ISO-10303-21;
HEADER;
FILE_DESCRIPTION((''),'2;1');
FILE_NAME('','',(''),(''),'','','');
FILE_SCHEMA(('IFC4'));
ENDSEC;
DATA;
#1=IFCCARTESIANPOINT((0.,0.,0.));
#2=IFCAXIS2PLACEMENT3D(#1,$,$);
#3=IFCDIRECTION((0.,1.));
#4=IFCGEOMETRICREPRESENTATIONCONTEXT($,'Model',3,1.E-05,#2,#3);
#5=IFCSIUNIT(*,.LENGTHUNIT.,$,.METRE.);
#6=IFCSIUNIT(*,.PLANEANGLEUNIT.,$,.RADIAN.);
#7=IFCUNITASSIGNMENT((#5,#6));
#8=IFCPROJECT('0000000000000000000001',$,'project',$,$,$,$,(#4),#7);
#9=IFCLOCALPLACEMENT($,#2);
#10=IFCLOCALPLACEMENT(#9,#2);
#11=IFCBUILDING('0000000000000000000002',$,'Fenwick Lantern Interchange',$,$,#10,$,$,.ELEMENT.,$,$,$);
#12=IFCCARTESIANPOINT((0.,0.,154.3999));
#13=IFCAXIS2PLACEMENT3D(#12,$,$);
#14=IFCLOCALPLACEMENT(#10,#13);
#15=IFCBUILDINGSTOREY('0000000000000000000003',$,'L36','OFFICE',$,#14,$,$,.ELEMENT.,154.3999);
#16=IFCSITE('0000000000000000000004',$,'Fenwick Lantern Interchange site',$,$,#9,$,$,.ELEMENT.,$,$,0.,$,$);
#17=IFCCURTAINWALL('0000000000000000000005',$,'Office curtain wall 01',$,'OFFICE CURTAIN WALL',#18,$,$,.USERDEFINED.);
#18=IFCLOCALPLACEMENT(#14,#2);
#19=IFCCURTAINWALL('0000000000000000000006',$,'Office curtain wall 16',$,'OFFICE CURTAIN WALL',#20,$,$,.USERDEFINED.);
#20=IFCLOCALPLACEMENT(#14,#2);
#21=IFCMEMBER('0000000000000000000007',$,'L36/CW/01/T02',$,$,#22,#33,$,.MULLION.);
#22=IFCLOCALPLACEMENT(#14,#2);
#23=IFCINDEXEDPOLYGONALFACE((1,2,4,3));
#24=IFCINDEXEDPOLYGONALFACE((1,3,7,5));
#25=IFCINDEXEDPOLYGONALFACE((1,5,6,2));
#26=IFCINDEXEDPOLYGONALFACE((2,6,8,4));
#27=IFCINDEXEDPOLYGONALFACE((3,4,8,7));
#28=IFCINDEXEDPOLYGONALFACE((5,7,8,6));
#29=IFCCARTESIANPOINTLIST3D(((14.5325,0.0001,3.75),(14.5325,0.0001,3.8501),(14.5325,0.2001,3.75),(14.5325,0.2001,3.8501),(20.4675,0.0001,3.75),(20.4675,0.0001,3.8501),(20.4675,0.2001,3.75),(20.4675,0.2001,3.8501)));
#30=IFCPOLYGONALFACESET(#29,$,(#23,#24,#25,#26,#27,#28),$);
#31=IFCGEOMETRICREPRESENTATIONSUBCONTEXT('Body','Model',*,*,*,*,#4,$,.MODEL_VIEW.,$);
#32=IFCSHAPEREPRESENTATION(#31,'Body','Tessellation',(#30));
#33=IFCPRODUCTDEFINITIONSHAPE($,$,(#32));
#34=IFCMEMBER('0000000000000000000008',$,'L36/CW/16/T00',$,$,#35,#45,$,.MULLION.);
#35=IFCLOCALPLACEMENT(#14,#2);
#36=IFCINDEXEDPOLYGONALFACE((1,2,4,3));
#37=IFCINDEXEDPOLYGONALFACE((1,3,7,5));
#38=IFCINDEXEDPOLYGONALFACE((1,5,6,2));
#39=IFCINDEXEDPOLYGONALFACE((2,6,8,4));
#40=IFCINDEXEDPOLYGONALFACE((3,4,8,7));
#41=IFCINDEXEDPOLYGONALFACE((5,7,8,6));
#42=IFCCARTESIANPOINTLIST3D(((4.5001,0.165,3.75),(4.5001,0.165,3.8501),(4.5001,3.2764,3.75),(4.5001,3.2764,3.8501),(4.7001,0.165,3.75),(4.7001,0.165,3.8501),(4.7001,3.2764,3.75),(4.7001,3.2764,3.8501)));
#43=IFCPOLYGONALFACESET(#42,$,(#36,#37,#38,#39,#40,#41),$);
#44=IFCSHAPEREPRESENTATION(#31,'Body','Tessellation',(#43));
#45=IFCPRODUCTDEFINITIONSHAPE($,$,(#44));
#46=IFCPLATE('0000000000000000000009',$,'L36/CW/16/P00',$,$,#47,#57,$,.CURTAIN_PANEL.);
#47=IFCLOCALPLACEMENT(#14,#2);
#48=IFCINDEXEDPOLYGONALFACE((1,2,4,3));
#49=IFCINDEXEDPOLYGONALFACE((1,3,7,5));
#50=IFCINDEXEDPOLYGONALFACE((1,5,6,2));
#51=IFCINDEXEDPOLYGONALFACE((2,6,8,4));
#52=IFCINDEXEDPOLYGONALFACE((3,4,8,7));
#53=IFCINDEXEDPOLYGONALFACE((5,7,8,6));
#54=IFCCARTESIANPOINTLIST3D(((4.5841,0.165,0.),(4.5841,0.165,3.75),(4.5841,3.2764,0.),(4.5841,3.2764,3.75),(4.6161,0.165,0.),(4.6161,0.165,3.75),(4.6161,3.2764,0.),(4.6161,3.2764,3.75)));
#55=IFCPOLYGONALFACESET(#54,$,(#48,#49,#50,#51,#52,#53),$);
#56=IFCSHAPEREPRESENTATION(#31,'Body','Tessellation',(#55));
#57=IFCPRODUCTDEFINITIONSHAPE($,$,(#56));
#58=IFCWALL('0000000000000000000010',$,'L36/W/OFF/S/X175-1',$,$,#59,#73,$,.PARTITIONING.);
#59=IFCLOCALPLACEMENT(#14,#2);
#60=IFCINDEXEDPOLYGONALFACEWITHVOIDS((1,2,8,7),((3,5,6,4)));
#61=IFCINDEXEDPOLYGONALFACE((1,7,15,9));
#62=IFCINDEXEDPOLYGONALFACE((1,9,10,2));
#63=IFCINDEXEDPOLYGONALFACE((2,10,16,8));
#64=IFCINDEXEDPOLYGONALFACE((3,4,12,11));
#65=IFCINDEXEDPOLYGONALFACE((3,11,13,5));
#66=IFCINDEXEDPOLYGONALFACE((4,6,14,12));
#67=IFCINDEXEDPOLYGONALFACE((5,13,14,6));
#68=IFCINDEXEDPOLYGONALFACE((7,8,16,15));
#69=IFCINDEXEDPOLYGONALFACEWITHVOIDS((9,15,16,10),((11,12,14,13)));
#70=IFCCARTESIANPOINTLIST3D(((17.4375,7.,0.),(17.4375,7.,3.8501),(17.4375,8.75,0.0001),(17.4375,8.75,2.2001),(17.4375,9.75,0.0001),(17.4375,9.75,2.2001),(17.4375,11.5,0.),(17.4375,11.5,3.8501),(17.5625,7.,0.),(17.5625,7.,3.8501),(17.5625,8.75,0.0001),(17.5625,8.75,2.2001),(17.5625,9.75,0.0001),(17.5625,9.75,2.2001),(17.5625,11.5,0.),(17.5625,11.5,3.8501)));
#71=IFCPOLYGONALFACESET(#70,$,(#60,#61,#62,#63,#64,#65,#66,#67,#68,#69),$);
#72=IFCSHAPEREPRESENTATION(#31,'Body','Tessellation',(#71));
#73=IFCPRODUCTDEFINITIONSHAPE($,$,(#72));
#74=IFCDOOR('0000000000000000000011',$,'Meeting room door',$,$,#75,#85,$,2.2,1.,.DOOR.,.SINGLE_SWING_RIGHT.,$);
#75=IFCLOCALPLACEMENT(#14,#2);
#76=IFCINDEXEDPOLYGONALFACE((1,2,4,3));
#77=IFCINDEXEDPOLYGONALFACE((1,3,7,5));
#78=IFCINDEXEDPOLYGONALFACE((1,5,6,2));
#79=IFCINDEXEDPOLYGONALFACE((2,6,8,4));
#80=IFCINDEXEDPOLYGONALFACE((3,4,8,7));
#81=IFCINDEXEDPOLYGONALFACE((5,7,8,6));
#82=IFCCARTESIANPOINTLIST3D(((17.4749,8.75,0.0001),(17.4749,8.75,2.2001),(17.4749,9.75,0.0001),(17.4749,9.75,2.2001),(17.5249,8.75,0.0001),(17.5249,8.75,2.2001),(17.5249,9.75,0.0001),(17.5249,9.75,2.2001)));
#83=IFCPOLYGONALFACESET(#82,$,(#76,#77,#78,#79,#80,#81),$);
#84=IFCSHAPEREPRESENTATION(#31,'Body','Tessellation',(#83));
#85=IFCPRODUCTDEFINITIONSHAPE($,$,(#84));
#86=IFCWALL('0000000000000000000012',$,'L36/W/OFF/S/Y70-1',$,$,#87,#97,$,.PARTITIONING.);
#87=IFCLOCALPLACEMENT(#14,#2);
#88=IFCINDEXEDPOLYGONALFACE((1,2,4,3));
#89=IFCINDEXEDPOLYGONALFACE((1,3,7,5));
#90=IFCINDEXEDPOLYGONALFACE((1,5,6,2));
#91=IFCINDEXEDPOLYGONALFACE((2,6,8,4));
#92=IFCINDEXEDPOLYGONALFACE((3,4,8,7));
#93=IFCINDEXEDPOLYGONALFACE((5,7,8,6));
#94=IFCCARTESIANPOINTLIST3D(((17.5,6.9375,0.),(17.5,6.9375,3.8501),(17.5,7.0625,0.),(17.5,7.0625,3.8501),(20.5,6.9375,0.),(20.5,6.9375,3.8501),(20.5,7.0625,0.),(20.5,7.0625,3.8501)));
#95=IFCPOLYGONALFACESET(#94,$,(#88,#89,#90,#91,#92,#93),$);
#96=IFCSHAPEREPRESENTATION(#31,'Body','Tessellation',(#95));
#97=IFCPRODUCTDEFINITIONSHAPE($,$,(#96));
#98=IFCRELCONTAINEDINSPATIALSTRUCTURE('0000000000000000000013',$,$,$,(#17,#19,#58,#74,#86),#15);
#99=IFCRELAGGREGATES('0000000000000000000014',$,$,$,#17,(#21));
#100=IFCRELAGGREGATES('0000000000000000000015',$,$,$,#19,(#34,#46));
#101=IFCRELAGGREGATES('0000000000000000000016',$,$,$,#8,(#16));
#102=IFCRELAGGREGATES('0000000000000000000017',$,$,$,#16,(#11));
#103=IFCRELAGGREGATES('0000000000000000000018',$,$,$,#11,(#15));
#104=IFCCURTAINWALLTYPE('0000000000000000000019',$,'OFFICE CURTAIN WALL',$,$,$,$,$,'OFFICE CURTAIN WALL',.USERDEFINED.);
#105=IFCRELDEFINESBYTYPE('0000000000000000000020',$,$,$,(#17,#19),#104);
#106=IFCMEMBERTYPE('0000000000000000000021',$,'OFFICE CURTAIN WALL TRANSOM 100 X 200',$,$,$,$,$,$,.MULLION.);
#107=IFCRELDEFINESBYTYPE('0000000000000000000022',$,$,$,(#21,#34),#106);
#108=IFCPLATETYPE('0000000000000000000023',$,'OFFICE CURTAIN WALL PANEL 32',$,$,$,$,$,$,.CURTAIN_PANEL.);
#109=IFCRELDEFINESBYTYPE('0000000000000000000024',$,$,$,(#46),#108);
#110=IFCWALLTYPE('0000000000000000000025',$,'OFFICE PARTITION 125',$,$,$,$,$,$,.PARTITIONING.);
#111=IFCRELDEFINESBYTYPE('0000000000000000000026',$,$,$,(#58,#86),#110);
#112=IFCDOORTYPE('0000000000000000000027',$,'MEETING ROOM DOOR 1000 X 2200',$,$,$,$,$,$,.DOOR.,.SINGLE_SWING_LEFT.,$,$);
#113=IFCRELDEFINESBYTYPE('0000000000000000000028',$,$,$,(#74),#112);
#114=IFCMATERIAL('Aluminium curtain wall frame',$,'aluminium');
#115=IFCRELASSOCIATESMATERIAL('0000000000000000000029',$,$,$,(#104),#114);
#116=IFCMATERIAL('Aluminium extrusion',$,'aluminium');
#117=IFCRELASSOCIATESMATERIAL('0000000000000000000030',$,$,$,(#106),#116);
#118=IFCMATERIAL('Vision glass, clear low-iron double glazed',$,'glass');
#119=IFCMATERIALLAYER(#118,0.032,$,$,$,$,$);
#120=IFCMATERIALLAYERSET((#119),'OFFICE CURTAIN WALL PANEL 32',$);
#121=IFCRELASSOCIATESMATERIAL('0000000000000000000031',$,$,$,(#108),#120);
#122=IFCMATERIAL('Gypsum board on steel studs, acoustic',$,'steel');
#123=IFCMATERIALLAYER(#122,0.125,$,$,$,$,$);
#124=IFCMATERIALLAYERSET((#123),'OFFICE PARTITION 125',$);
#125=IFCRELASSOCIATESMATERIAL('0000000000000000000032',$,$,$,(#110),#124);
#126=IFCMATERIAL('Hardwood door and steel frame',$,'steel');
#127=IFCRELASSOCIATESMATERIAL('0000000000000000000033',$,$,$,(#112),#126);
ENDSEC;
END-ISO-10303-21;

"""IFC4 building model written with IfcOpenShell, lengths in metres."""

from ifc_helpers import new_model, si_unit, direction, frame, frame_2d, origin, origin_2d, place, context, subcontext, project, spatial, rectangle, extrude, material, layer, layer_set, material_profile, profile_set, type_object, element, fill, aggregate, save


model = new_model("IFC4")

# Units and contexts
model_context = context("Model", 3, precision=1e-05, world=origin(), true_north=direction((0.0, 1.0)))
body_context = subcontext(model_context, "Body", "Model", "MODEL_VIEW")
ifc_project = project(units=[si_unit("LENGTHUNIT", "METRE"), si_unit("PLANEANGLEUNIT", "RADIAN")], contexts=[model_context])

# Site, building, storey
site_placement = place(None, origin())
site = spatial("IfcSite", under=ifc_project, at=site_placement, Name="Fenwick Lantern Interchange site", CompositionType="ELEMENT", RefElevation=0.0)
building_placement = place(site_placement, origin())
building = spatial("IfcBuilding", under=site, at=building_placement, Name="Fenwick Lantern Interchange", CompositionType="ELEMENT")
storey_placement = place(building_placement, frame((0.0, 0.0, 154.3999)))
storey = spatial("IfcBuildingStorey", under=building, at=storey_placement, Name="L36", Description="OFFICE", CompositionType="ELEMENT", Elevation=154.3999)

# Curtain walls
ifc_material_1 = material(Name="Aluminium curtain wall frame", Category="aluminium")
curtain_wall_type = type_object("IfcCurtainWallType", Name="OFFICE CURTAIN WALL", ElementType="OFFICE CURTAIN WALL", PredefinedType="USERDEFINED", material=ifc_material_1)
curtain_wall_1_placement = place(storey_placement, origin())
curtain_wall_1 = element("IfcCurtainWall", 1, at=curtain_wall_1_placement, inside=storey, type_object=curtain_wall_type, Name="Office curtain wall 01", ObjectType="OFFICE CURTAIN WALL", PredefinedType="USERDEFINED")
ifc_material_2 = material(Name="Aluminium extrusion", Category="aluminium")
curtain_wall_2_placement = place(storey_placement, origin())
curtain_wall_2 = element("IfcCurtainWall", 2, at=curtain_wall_2_placement, inside=storey, type_object=curtain_wall_type, Name="Office curtain wall 16", ObjectType="OFFICE CURTAIN WALL", PredefinedType="USERDEFINED")

# Members
ifc_material_profile_1 = material_profile(ifc_material_2, rectangle(XDim=0.2, YDim=0.1001, at=origin_2d()), Name="OFFICE CURTAIN WALL TRANSOM 100 X 200")
ifc_profile_set_1 = profile_set([ifc_material_profile_1], Name="Aluminium extrusion")
member_type_1 = type_object("IfcMemberType", Name="OFFICE CURTAIN WALL TRANSOM 100 X 200", PredefinedType="MULLION", material=ifc_profile_set_1)
member_1_placement = place(storey_placement, frame((14.5325, 0.1001, 3.8), z_axis=(1.0, 0.0, 0.0), x_axis=(0.0, 1.0, 0.0)))
member_1 = element("IfcMember", 3, at=member_1_placement, type_object=member_type_1, Name="L36/CW/01/T02", PredefinedType="MULLION", context=body_context, shape_type="SweptSolid", body=[
    extrude(rectangle(XDim=0.2, YDim=0.1001, at=origin_2d()), origin(), (0.0, 0.0, 1.0), 5.9351),
])
member_2_placement = place(storey_placement, frame((4.6001, 3.2764, 3.8), z_axis=(0.0, -1.0, 0.0), x_axis=(1.0, 0.0, 0.0)))
member_2 = element("IfcMember", 4, at=member_2_placement, type_object=member_type_1, Name="L36/CW/16/T00", PredefinedType="MULLION", context=body_context, shape_type="SweptSolid", body=[
    extrude(rectangle(XDim=0.2, YDim=0.1001, at=origin_2d()), origin(), (0.0, 0.0, 1.0), 3.1113),
])

# Plate
ifc_material_3 = material(Name="Vision glass, clear low-iron double glazed", Category="glass")
ifc_layer_1 = layer(ifc_material_3, 0.032)
ifc_layer_set_1 = layer_set([ifc_layer_1], Name="OFFICE CURTAIN WALL PANEL 32")
plate_type = type_object("IfcPlateType", Name="OFFICE CURTAIN WALL PANEL 32", PredefinedType="CURTAIN_PANEL", material=ifc_layer_set_1)
aggregate(curtain_wall_1, [member_1])
plate_1_placement = place(storey_placement, frame((4.6001, 1.7207, 0.0), z_axis=(0.0, 0.0, 1.0), x_axis=(0.0, -1.0, 0.0)))
plate_1 = element("IfcPlate", 5, at=plate_1_placement, type_object=plate_type, Name="L36/CW/16/P00", PredefinedType="CURTAIN_PANEL", context=body_context, shape_type="SweptSolid", body=[
    extrude(rectangle(XDim=3.1113, YDim=0.032, at=origin_2d()), origin(), (0.0, 0.0, 1.0), 3.75),
])
aggregate(curtain_wall_2, [member_2, plate_1])

# Wall, opening, door
ifc_material_4 = material(Name="Gypsum board on steel studs, acoustic", Category="steel")
ifc_layer_2 = layer(ifc_material_4, 0.125)
ifc_layer_set_2 = layer_set([ifc_layer_2], Name="OFFICE PARTITION 125")
wall_type = type_object("IfcWallType", Name="OFFICE PARTITION 125", PredefinedType="PARTITIONING", material=ifc_layer_set_2)
wall_1_placement = place(storey_placement, frame((17.5, 7.0, 0.0), z_axis=(0.0, 0.0, 1.0), x_axis=(0.0, 1.0, 0.0)))
wall_1 = element("IfcWall", 6, at=wall_1_placement, inside=storey, type_object=wall_type, Name="L36/W/OFF/S/X175-1", PredefinedType="PARTITIONING", context=body_context, shape_type="SweptSolid", body=[
    extrude(rectangle(XDim=4.5, YDim=0.125, at=frame_2d((2.25, 0.0))), origin(), (0.0, 0.0, 1.0), 3.8501),
])
opening_placement = place(wall_1_placement, frame((1.75, 0.0, 0.0)))
opening = element("IfcOpeningElement", 7, at=opening_placement, cuts=wall_1, PredefinedType="OPENING", context=body_context, shape_type="SweptSolid", body=[
    extrude(rectangle(XDim=1.0, YDim=2.2, at=frame_2d((0.5, 1.1001))), frame((0.0, 0.0725, 0.0), z_axis=(0.0, -1.0, 0.0), x_axis=(1.0, 0.0, 0.0)), (0.0, 0.0, 1.0), 0.145),
])
ifc_material_5 = material(Name="Hardwood door and steel frame", Category="steel")
door_type = type_object("IfcDoorType", Name="MEETING ROOM DOOR 1000 X 2200", OperationType="SINGLE_SWING_LEFT", PredefinedType="DOOR", material=ifc_material_5)
door_placement = place(opening_placement, frame((1.0, 0.0, 0.0), z_axis=(0.0, 0.0, 1.0), x_axis=(-1.0, 0.0, 0.0)))
door = element("IfcDoor", 8, at=door_placement, inside=storey, type_object=door_type, Name="Meeting room door", OperationType="SINGLE_SWING_RIGHT", OverallHeight=2.2, OverallWidth=1.0, PredefinedType="DOOR", context=body_context, shape_type="SweptSolid", body=[
    extrude(rectangle(XDim=1.0, YDim=2.2, at=frame_2d((0.5, 1.1001))), frame((0.0, 0.0249, 0.0), z_axis=(0.0, -1.0, 0.0), x_axis=(1.0, 0.0, 0.0)), (0.0, 0.0, 1.0), 0.05),
])
fill(opening, door)

# Wall
wall_2_placement = place(storey_placement, frame((17.5, 7.0, 0.0), z_axis=(0.0, 0.0, 1.0), x_axis=(1.0, 0.0, 0.0)))
element("IfcWall", 9, at=wall_2_placement, inside=storey, type_object=wall_type, Name="L36/W/OFF/S/Y70-1", PredefinedType="PARTITIONING", context=body_context, shape_type="SweptSolid", body=[
    extrude(rectangle(XDim=3.0, YDim=0.125, at=frame_2d((1.5, 0.0))), origin(), (0.0, 0.0, 1.0), 3.8501),
])

save(model, "model.ifc")
